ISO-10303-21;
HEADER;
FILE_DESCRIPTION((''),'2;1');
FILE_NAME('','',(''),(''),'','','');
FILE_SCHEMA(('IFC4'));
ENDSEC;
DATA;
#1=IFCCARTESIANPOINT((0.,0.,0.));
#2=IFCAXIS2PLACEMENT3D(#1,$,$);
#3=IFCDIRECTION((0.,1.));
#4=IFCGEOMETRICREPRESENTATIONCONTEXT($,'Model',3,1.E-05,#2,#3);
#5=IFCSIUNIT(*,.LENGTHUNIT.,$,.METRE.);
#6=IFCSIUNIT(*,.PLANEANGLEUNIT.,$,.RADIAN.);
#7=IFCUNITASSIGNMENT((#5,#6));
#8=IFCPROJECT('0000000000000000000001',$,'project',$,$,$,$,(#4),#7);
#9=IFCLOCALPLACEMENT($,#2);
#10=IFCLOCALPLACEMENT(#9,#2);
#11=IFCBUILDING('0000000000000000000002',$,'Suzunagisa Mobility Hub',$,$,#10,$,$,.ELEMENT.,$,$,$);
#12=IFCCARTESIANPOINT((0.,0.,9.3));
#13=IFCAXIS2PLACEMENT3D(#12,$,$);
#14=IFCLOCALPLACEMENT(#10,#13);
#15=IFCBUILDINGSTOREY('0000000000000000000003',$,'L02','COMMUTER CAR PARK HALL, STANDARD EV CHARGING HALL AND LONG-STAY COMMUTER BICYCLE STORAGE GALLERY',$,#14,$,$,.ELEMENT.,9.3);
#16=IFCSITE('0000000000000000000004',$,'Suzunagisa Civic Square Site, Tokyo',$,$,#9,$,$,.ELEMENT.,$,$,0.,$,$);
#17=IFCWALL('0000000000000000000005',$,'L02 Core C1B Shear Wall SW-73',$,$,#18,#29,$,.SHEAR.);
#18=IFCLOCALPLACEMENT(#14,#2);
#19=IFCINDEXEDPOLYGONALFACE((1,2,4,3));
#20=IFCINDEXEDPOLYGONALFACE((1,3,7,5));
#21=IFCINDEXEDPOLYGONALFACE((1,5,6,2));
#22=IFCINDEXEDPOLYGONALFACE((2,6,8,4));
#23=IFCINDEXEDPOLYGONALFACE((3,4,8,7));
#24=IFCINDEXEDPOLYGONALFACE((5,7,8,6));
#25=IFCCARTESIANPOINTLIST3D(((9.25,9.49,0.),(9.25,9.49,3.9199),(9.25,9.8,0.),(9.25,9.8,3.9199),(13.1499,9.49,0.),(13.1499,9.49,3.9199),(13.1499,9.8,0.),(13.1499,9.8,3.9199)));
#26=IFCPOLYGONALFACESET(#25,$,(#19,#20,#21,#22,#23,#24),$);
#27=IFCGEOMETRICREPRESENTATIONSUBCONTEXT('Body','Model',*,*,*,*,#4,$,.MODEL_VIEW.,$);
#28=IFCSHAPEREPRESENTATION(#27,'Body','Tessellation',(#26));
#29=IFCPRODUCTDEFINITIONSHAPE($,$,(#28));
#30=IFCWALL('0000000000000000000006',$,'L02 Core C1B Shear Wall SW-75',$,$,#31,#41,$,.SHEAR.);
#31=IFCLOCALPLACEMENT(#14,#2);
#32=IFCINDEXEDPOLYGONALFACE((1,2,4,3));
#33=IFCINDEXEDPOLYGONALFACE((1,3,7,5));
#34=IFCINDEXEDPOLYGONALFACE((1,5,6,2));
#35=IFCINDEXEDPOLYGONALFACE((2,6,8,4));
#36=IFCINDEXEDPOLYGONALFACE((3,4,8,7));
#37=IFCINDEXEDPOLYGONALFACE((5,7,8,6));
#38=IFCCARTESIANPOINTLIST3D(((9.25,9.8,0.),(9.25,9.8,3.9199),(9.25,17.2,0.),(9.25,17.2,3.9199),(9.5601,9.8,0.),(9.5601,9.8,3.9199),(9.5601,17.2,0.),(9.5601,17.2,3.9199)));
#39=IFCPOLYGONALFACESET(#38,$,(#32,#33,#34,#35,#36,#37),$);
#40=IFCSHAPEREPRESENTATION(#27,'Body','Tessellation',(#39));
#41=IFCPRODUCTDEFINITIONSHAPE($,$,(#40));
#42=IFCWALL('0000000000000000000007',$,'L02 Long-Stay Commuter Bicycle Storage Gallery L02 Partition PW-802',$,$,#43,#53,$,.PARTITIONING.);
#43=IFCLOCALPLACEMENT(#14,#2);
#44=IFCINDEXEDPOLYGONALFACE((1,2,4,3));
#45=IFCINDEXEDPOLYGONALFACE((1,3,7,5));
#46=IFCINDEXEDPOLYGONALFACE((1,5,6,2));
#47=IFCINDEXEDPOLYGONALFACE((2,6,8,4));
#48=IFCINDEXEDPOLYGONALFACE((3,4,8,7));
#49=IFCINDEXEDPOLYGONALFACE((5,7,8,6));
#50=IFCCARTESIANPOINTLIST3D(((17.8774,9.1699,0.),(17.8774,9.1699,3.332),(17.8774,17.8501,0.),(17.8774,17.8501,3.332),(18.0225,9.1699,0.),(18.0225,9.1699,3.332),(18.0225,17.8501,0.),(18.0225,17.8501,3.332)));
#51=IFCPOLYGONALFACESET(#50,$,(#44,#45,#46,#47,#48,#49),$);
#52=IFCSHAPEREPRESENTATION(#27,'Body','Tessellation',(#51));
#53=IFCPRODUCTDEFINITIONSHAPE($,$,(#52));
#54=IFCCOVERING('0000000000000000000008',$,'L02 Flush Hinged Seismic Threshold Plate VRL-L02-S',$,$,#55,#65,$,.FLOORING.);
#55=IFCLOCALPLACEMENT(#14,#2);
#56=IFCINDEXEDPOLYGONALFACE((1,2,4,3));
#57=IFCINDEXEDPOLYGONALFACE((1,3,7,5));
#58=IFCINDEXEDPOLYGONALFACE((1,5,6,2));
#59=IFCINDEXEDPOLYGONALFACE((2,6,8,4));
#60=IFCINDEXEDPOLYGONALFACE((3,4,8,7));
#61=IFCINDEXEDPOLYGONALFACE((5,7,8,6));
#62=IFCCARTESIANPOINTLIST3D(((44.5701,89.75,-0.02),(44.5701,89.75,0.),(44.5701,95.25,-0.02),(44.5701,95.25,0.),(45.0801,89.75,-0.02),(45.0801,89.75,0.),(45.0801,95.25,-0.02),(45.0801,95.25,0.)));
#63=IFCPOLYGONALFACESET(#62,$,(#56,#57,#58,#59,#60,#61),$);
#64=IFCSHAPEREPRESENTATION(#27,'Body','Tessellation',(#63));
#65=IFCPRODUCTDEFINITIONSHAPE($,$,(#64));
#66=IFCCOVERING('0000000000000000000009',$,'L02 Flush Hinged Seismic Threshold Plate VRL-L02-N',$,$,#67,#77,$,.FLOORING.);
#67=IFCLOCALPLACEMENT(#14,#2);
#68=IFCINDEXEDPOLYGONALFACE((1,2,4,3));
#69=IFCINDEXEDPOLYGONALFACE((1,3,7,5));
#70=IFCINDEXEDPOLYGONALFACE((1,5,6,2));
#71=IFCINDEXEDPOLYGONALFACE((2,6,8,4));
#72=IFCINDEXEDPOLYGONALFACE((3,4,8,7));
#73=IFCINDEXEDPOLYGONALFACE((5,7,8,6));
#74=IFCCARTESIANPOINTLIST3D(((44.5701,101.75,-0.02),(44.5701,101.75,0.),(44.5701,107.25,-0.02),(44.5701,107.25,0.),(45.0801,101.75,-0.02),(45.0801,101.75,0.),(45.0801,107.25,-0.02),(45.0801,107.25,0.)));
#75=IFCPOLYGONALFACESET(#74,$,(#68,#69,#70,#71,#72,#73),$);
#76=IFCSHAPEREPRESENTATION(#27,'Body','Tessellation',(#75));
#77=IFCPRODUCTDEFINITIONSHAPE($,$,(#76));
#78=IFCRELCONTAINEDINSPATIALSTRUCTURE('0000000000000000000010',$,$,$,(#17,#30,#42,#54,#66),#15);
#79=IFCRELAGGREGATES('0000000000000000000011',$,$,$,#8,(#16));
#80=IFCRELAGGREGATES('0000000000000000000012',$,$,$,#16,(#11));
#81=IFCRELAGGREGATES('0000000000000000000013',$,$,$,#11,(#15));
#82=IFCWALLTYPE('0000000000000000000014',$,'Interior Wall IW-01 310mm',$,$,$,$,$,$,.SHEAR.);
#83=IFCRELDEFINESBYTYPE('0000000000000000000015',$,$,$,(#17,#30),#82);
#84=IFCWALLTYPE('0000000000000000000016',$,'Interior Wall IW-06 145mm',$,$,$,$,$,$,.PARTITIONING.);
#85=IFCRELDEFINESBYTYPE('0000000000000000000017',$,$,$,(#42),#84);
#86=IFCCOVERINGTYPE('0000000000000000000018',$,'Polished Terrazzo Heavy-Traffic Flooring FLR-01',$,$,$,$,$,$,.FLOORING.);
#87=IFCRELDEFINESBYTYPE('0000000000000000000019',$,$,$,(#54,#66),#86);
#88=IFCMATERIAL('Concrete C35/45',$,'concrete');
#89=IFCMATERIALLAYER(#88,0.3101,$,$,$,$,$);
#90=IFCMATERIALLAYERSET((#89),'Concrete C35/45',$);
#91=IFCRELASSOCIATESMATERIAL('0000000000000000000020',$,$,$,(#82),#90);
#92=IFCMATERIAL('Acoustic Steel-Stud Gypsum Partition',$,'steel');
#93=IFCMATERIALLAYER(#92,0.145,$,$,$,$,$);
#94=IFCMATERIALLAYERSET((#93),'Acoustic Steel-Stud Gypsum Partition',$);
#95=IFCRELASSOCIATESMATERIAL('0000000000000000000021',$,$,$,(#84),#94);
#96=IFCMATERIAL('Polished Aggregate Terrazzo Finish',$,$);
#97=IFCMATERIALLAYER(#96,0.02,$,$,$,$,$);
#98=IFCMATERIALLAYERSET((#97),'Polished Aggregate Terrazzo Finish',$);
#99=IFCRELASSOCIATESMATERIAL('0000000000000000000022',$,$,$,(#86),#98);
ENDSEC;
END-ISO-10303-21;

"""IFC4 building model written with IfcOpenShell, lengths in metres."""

from ifc_helpers import new_model, si_unit, direction, frame, frame_2d, origin, place, context, subcontext, project, spatial, polyline, rectangle, outline, extrude, material, layer, layer_set, type_object, element, save


model = new_model("IFC4")

# Units and contexts
model_context = context("Model", 3, precision=1e-05, world=origin(), true_north=direction((0.0, 1.0)))
body_context = subcontext(model_context, "Body", "Model", "MODEL_VIEW")
ifc_project = project(units=[si_unit("LENGTHUNIT", "METRE"), si_unit("PLANEANGLEUNIT", "RADIAN")], contexts=[model_context])

# Site, building, storey
site_placement = place(None, origin())
site = spatial("IfcSite", under=ifc_project, at=site_placement, Name="Suzunagisa Civic Square Site, Tokyo", CompositionType="ELEMENT", RefElevation=0.0)
building_placement = place(site_placement, origin())
building = spatial("IfcBuilding", under=site, at=building_placement, Name="Suzunagisa Mobility Hub", CompositionType="ELEMENT")
storey_placement = place(building_placement, frame((0.0, 0.0, 9.3)))
storey = spatial("IfcBuildingStorey", under=building, at=storey_placement, Name="L02", Description="COMMUTER CAR PARK HALL, STANDARD EV CHARGING HALL AND LONG-STAY COMMUTER BICYCLE STORAGE GALLERY", CompositionType="ELEMENT", Elevation=9.3)

# Walls
ifc_material_1 = material(Name="Concrete C35/45", Category="concrete")
ifc_layer_1 = layer(ifc_material_1, 0.3101)
ifc_layer_set_1 = layer_set([ifc_layer_1], Name="Concrete C35/45")
wall_type_1 = type_object("IfcWallType", Name="Interior Wall IW-01 310mm", PredefinedType="SHEAR", material=ifc_layer_set_1)
wall_1_placement = place(storey_placement, frame((9.25, 9.645, 0.0), z_axis=(0.0, 0.0, 1.0), x_axis=(1.0, 0.0, 0.0)))
element("IfcWall", 1, at=wall_1_placement, inside=storey, type_object=wall_type_1, Name="L02 Core C1B Shear Wall SW-73", PredefinedType="SHEAR", context=body_context, shape_type="SweptSolid", body=[
    extrude(rectangle(XDim=3.8999, YDim=0.3101, at=frame_2d((1.95, 0.0))), origin(), (0.0, 0.0, 1.0), 3.9199),
])
wall_2_placement = place(storey_placement, frame((9.405, 9.8, 0.0), z_axis=(0.0, 0.0, 1.0), x_axis=(0.0, 1.0, 0.0)))
element("IfcWall", 2, at=wall_2_placement, inside=storey, type_object=wall_type_1, Name="L02 Core C1B Shear Wall SW-75", PredefinedType="SHEAR", context=body_context, shape_type="SweptSolid", body=[
    extrude(rectangle(XDim=7.3999, YDim=0.3101, at=frame_2d((3.7, 0.0))), origin(), (0.0, 0.0, 1.0), 3.9199),
])

# Wall
ifc_material_2 = material(Name="Acoustic Steel-Stud Gypsum Partition", Category="steel")
ifc_layer_2 = layer(ifc_material_2, 0.145)
ifc_layer_set_2 = layer_set([ifc_layer_2], Name="Acoustic Steel-Stud Gypsum Partition")
wall_type_2 = type_object("IfcWallType", Name="Interior Wall IW-06 145mm", PredefinedType="PARTITIONING", material=ifc_layer_set_2)
wall_3_placement = place(storey_placement, frame((17.95, 9.1699, 0.0), z_axis=(0.0, 0.0, 1.0), x_axis=(0.0, 1.0, 0.0)))
element("IfcWall", 3, at=wall_3_placement, inside=storey, type_object=wall_type_2, Name="L02 Long-Stay Commuter Bicycle Storage Gallery L02 Partition PW-802", PredefinedType="PARTITIONING", context=body_context, shape_type="SweptSolid", body=[
    extrude(rectangle(XDim=8.6802, YDim=0.145, at=frame_2d((4.3401, 0.0))), origin(), (0.0, 0.0, 1.0), 3.332),
])

# Coverings
ifc_material_3 = material(Name="Polished Aggregate Terrazzo Finish")
ifc_layer_3 = layer(ifc_material_3, 0.02)
ifc_layer_set_3 = layer_set([ifc_layer_3], Name="Polished Aggregate Terrazzo Finish")
covering_type = type_object("IfcCoveringType", Name="Polished Terrazzo Heavy-Traffic Flooring FLR-01", PredefinedType="FLOORING", material=ifc_layer_set_3)
covering_1_placement = place(storey_placement, frame((0.0, 0.0, -0.02)))
element("IfcCovering", 4, at=covering_1_placement, inside=storey, type_object=covering_type, Name="L02 Flush Hinged Seismic Threshold Plate VRL-L02-S", PredefinedType="FLOORING", context=body_context, shape_type="SweptSolid", body=[
    extrude(outline(polyline([(44.5701, 89.75), (45.0801, 89.75), (45.0801, 95.25), (44.5701, 95.25), (44.5701, 89.75)])), origin(), (0.0, 0.0, 1.0), 0.02),
])
covering_2_placement = place(storey_placement, frame((0.0, 0.0, -0.02)))
element("IfcCovering", 5, at=covering_2_placement, inside=storey, type_object=covering_type, Name="L02 Flush Hinged Seismic Threshold Plate VRL-L02-N", PredefinedType="FLOORING", context=body_context, shape_type="SweptSolid", body=[
    extrude(outline(polyline([(44.5701, 101.75), (45.0801, 101.75), (45.0801, 107.25), (44.5701, 107.25), (44.5701, 101.75)])), origin(), (0.0, 0.0, 1.0), 0.02),
])

save(model, "model.ifc")
